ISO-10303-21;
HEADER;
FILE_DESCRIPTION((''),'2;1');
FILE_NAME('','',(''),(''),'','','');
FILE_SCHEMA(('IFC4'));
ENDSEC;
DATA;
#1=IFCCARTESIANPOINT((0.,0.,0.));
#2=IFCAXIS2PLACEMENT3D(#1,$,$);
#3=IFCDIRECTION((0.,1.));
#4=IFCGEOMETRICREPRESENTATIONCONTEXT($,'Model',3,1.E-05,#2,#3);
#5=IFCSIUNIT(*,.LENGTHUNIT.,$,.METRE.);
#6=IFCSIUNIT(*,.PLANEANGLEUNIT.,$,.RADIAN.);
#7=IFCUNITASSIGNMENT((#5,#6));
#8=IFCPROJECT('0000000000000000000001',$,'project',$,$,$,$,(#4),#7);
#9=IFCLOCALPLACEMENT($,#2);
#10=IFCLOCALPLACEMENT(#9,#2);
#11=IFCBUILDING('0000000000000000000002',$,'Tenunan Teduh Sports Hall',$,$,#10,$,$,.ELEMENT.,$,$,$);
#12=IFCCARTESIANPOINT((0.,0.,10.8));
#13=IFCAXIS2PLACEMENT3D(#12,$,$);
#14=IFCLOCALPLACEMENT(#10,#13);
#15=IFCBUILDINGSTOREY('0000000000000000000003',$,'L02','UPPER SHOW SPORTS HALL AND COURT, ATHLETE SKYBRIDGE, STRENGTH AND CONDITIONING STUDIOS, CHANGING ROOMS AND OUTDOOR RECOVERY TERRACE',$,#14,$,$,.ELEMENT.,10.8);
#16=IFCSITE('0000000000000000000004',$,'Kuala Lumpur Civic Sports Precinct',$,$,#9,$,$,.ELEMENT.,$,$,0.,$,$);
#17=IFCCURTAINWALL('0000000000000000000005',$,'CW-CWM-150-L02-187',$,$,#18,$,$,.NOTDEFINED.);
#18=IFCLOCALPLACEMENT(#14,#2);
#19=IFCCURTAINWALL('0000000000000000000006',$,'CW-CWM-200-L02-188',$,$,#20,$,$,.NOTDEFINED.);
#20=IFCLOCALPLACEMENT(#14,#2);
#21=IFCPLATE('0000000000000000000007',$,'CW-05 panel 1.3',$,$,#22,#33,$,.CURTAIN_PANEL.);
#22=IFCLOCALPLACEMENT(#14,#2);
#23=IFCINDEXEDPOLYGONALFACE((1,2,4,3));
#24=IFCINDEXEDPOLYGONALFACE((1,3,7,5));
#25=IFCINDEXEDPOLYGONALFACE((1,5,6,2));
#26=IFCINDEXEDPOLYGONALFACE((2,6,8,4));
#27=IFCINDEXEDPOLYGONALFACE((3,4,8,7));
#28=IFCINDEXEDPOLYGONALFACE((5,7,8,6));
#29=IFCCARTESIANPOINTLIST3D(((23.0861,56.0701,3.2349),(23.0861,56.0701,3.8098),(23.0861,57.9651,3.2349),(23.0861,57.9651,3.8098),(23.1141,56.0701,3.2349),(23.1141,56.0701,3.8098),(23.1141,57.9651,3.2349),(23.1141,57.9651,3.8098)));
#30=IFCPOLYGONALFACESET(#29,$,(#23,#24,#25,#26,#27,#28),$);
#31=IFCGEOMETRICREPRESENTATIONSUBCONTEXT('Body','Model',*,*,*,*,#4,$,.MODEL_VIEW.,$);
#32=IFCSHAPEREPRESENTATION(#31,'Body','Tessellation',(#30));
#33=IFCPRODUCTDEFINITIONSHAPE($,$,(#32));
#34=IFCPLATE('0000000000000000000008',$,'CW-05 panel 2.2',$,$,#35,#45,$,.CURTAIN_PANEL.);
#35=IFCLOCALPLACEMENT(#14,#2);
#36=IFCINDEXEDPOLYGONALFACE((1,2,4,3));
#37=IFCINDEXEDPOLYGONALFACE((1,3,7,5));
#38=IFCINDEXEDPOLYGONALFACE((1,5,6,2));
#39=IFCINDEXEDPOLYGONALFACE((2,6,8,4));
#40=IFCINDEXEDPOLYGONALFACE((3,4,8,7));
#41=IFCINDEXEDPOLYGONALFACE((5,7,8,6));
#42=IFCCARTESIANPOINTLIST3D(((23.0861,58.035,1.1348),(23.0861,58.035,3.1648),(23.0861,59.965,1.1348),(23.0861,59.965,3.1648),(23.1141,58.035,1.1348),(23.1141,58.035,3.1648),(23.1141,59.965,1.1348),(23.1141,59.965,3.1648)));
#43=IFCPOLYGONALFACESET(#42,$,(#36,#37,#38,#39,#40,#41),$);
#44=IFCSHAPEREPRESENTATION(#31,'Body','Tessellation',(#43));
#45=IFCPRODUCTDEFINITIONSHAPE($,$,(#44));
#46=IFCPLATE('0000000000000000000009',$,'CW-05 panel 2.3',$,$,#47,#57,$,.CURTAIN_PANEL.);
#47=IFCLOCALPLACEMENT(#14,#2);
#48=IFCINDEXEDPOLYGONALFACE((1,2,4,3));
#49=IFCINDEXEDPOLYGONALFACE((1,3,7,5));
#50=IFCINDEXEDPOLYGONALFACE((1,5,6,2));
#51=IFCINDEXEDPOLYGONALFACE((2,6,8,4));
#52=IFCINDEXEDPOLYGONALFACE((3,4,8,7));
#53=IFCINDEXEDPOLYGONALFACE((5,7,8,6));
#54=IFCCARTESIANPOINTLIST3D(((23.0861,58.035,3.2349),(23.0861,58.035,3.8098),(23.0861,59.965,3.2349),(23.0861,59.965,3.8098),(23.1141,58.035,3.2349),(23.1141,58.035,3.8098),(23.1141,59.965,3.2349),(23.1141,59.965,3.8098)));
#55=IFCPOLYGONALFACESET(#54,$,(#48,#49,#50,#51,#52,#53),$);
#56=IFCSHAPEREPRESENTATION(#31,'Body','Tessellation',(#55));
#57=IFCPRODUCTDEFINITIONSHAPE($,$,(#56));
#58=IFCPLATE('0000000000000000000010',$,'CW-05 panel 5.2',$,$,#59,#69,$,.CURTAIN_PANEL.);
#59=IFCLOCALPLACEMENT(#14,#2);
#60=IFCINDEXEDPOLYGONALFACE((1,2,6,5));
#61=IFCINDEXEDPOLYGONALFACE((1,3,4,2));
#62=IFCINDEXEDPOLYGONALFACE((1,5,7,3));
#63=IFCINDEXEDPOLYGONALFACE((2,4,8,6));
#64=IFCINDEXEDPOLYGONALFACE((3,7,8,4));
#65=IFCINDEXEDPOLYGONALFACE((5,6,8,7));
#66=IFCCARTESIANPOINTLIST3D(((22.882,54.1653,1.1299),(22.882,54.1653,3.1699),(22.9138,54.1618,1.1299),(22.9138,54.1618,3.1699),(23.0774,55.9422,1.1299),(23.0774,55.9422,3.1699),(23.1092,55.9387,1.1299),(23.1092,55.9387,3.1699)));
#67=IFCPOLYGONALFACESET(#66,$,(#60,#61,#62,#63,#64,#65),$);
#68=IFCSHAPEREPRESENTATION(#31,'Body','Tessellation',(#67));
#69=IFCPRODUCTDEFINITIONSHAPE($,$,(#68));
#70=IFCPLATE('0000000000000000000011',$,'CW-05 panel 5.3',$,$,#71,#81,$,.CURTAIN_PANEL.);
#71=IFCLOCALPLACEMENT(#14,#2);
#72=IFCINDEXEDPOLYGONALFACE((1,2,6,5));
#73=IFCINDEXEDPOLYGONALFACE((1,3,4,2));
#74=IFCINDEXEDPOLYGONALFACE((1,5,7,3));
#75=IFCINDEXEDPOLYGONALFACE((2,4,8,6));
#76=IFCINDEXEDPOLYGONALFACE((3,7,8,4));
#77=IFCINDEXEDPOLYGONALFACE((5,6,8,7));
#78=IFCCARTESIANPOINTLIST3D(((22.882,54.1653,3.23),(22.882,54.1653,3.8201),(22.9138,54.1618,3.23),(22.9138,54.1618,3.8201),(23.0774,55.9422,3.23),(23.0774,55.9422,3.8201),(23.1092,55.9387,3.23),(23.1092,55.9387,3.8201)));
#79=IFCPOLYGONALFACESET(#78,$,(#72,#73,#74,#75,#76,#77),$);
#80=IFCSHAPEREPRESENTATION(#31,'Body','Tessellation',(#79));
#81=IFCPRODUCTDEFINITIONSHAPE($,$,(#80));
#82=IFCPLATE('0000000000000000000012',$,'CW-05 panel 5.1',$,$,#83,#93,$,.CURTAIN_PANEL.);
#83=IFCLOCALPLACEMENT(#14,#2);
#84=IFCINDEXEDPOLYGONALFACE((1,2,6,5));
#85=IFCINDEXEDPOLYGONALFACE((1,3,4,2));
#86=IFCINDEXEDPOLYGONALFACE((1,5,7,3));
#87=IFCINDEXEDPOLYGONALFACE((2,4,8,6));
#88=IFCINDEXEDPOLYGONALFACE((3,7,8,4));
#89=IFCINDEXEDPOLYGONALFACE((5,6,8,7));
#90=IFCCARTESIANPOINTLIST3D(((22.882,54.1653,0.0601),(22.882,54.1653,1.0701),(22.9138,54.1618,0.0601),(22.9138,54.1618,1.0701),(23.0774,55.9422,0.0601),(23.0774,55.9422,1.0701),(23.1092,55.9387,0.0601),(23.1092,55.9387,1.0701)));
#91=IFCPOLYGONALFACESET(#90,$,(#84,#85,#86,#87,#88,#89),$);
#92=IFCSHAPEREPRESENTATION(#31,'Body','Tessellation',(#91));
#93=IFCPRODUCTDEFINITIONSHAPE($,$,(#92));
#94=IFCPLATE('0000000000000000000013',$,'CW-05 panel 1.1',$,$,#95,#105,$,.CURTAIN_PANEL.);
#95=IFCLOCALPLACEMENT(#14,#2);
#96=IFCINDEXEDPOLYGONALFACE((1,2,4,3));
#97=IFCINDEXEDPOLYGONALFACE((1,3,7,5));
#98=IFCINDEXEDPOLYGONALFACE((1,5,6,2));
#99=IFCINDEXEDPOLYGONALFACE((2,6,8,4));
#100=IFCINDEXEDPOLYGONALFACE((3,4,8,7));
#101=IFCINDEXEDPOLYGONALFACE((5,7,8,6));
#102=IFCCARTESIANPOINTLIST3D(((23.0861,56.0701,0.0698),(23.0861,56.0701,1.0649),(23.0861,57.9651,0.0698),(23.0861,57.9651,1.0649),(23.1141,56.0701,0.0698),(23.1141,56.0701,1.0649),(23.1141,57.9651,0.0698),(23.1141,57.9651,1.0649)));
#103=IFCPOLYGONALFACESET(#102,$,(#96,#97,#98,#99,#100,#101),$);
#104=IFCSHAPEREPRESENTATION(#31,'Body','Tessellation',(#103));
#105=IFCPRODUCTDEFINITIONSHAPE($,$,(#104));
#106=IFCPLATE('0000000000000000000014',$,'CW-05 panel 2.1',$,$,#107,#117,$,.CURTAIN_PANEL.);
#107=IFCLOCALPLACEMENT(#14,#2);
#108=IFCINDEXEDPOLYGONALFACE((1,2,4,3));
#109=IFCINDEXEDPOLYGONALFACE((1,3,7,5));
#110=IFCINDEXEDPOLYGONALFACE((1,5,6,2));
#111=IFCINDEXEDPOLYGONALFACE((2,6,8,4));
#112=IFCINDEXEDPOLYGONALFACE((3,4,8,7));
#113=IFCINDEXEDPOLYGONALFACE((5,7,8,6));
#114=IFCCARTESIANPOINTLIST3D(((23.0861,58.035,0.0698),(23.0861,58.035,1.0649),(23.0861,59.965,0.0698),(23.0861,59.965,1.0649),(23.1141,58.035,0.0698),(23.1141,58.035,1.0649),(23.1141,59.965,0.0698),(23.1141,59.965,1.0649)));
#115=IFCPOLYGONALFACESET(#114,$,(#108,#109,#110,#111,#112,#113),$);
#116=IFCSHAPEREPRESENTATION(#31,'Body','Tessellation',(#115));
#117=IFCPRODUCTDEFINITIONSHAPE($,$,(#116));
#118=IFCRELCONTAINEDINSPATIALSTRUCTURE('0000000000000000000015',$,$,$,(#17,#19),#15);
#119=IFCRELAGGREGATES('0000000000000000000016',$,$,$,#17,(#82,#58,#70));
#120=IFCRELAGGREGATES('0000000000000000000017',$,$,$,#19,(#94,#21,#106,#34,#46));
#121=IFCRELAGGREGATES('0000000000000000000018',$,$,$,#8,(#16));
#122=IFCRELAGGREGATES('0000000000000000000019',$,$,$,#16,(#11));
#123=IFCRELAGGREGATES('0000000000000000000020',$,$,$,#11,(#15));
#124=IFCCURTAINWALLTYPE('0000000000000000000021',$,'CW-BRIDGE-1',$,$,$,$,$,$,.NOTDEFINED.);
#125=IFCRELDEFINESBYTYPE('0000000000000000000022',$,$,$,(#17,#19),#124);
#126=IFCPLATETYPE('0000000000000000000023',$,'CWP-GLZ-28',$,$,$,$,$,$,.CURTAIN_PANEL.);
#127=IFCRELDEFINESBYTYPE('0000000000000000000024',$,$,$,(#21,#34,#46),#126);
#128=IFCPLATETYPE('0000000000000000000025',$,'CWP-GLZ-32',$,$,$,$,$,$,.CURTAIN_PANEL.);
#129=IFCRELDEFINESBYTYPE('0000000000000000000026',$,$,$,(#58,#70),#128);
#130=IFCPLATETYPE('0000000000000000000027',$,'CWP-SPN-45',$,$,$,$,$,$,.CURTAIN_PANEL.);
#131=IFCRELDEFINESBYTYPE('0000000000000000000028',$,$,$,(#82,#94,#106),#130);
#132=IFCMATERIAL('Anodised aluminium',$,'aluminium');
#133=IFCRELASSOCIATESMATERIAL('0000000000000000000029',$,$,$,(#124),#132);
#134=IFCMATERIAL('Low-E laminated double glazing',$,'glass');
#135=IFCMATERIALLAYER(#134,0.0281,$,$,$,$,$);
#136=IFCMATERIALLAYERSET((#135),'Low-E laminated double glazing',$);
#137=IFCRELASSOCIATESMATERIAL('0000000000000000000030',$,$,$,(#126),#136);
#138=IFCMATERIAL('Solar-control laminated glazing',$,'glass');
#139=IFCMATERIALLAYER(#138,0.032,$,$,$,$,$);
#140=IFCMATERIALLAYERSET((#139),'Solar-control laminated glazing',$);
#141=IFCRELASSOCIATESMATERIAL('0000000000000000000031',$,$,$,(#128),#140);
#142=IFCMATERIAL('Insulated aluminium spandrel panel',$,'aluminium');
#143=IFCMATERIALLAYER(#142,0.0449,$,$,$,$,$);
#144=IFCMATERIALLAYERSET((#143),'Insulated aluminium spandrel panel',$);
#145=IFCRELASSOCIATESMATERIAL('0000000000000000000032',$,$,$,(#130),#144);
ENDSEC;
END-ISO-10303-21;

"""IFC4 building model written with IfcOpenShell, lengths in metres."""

from ifc_helpers import new_model, si_unit, direction, frame, origin, origin_2d, place, context, subcontext, project, spatial, rectangle, extrude, material, layer, layer_set, type_object, element, aggregate, save


model = new_model("IFC4")

# Units and contexts
model_context = context("Model", 3, precision=1e-05, world=origin(), true_north=direction((0.0, 1.0)))
body_context = subcontext(model_context, "Body", "Model", "MODEL_VIEW")
ifc_project = project(units=[si_unit("LENGTHUNIT", "METRE"), si_unit("PLANEANGLEUNIT", "RADIAN")], contexts=[model_context])

# Site, building, storey
site_placement = place(None, origin())
site = spatial("IfcSite", under=ifc_project, at=site_placement, Name="Kuala Lumpur Civic Sports Precinct", CompositionType="ELEMENT", RefElevation=0.0)
building_placement = place(site_placement, origin())
building = spatial("IfcBuilding", under=site, at=building_placement, Name="Tenunan Teduh Sports Hall", CompositionType="ELEMENT")
storey_placement = place(building_placement, frame((0.0, 0.0, 10.8)))
storey = spatial("IfcBuildingStorey", under=building, at=storey_placement, Name="L02", Description="UPPER SHOW SPORTS HALL AND COURT, ATHLETE SKYBRIDGE, STRENGTH AND CONDITIONING STUDIOS, CHANGING ROOMS AND OUTDOOR RECOVERY TERRACE", CompositionType="ELEMENT", Elevation=10.8)

# Curtain wall
ifc_material_1 = material(Name="Anodised aluminium", Category="aluminium")
curtain_wall_type = type_object("IfcCurtainWallType", Name="CW-BRIDGE-1", PredefinedType="NOTDEFINED", material=ifc_material_1)
curtain_wall_1_placement = place(storey_placement, origin())
curtain_wall_1 = element("IfcCurtainWall", 1, at=curtain_wall_1_placement, inside=storey, type_object=curtain_wall_type, Name="CW-CWM-150-L02-187", PredefinedType="NOTDEFINED")

# Curtain wall, plates
curtain_wall_2_placement = place(storey_placement, origin())
curtain_wall_2 = element("IfcCurtainWall", 2, at=curtain_wall_2_placement, inside=storey, type_object=curtain_wall_type, Name="CW-CWM-200-L02-188", PredefinedType="NOTDEFINED")
ifc_material_2 = material(Name="Low-E laminated double glazing", Category="glass")
ifc_layer_1 = layer(ifc_material_2, 0.0281)
ifc_layer_set_1 = layer_set([ifc_layer_1], Name="Low-E laminated double glazing")
plate_type_1 = type_object("IfcPlateType", Name="CWP-GLZ-28", PredefinedType="CURTAIN_PANEL", material=ifc_layer_set_1)
plate_1_placement = place(storey_placement, frame((23.1001, 57.0176, 3.2349), z_axis=(0.0, 0.0, 1.0), x_axis=(0.0, 1.0, 0.0)))
plate_1 = element("IfcPlate", 3, at=plate_1_placement, type_object=plate_type_1, Name="CW-05 panel 1.3", PredefinedType="CURTAIN_PANEL", context=body_context, shape_type="SweptSolid", body=[
    extrude(rectangle(XDim=1.895, YDim=0.0281, at=origin_2d()), origin(), (0.0, 0.0, 1.0), 0.575),
])
plate_2_placement = place(storey_placement, frame((23.1001, 59.0, 1.1348), z_axis=(0.0, 0.0, 1.0), x_axis=(0.0, 1.0, 0.0)))
plate_2 = element("IfcPlate", 4, at=plate_2_placement, type_object=plate_type_1, Name="CW-05 panel 2.2", PredefinedType="CURTAIN_PANEL", context=body_context, shape_type="SweptSolid", body=[
    extrude(rectangle(XDim=1.9299, YDim=0.0281, at=origin_2d()), origin(), (0.0, 0.0, 1.0), 2.03),
])
plate_3_placement = place(storey_placement, frame((23.1001, 59.0, 3.2349), z_axis=(0.0, 0.0, 1.0), x_axis=(0.0, 1.0, 0.0)))
plate_3 = element("IfcPlate", 5, at=plate_3_placement, type_object=plate_type_1, Name="CW-05 panel 2.3", PredefinedType="CURTAIN_PANEL", context=body_context, shape_type="SweptSolid", body=[
    extrude(rectangle(XDim=1.9299, YDim=0.0281, at=origin_2d()), origin(), (0.0, 0.0, 1.0), 0.575),
])

# Plates
ifc_material_3 = material(Name="Solar-control laminated glazing", Category="glass")
ifc_layer_2 = layer(ifc_material_3, 0.032)
ifc_layer_set_2 = layer_set([ifc_layer_2], Name="Solar-control laminated glazing")
plate_type_2 = type_object("IfcPlateType", Name="CWP-GLZ-32", PredefinedType="CURTAIN_PANEL", material=ifc_layer_set_2)
plate_4_placement = place(storey_placement, frame((22.9956, 55.052, 1.1299), z_axis=(0.0, 0.0, 1.0), x_axis=(0.10934, 0.994004, 0.0)))
plate_4 = element("IfcPlate", 6, at=plate_4_placement, type_object=plate_type_2, Name="CW-05 panel 5.2", PredefinedType="CURTAIN_PANEL", context=body_context, shape_type="SweptSolid", body=[
    extrude(rectangle(XDim=1.7876, YDim=0.032, at=origin_2d()), origin(), (0.0, 0.0, 1.0), 2.04),
])
plate_5_placement = place(storey_placement, frame((22.9956, 55.052, 3.23), z_axis=(0.0, 0.0, 1.0), x_axis=(0.10934, 0.994004, 0.0)))
plate_5 = element("IfcPlate", 7, at=plate_5_placement, type_object=plate_type_2, Name="CW-05 panel 5.3", PredefinedType="CURTAIN_PANEL", context=body_context, shape_type="SweptSolid", body=[
    extrude(rectangle(XDim=1.7876, YDim=0.032, at=origin_2d()), origin(), (0.0, 0.0, 1.0), 0.5901),
])
ifc_material_4 = material(Name="Insulated aluminium spandrel panel", Category="aluminium")
ifc_layer_3 = layer(ifc_material_4, 0.0449)
ifc_layer_set_3 = layer_set([ifc_layer_3], Name="Insulated aluminium spandrel panel")
plate_type_3 = type_object("IfcPlateType", Name="CWP-SPN-45", PredefinedType="CURTAIN_PANEL", material=ifc_layer_set_3)
plate_6_placement = place(storey_placement, frame((22.9956, 55.052, 0.0601), z_axis=(0.0, 0.0, 1.0), x_axis=(0.10934, 0.994004, 0.0)))
plate_6 = element("IfcPlate", 8, at=plate_6_placement, type_object=plate_type_3, Name="CW-05 panel 5.1", PredefinedType="CURTAIN_PANEL", context=body_context, shape_type="SweptSolid", body=[
    extrude(rectangle(XDim=1.7876, YDim=0.032, at=origin_2d()), origin(), (0.0, 0.0, 1.0), 1.01),
])
aggregate(curtain_wall_1, [plate_6, plate_4, plate_5])
plate_7_placement = place(storey_placement, frame((23.1001, 57.0176, 0.0698), z_axis=(0.0, 0.0, 1.0), x_axis=(0.0, 1.0, 0.0)))
plate_7 = element("IfcPlate", 9, at=plate_7_placement, type_object=plate_type_3, Name="CW-05 panel 1.1", PredefinedType="CURTAIN_PANEL", context=body_context, shape_type="SweptSolid", body=[
    extrude(rectangle(XDim=1.895, YDim=0.0281, at=origin_2d()), origin(), (0.0, 0.0, 1.0), 0.9951),
])
plate_8_placement = place(storey_placement, frame((23.1001, 59.0, 0.0698), z_axis=(0.0, 0.0, 1.0), x_axis=(0.0, 1.0, 0.0)))
plate_8 = element("IfcPlate", 10, at=plate_8_placement, type_object=plate_type_3, Name="CW-05 panel 2.1", PredefinedType="CURTAIN_PANEL", context=body_context, shape_type="SweptSolid", body=[
    extrude(rectangle(XDim=1.9299, YDim=0.0281, at=origin_2d()), origin(), (0.0, 0.0, 1.0), 0.9951),
])
aggregate(curtain_wall_2, [plate_7, plate_1, plate_8, plate_2, plate_3])

save(model, "model.ifc")
